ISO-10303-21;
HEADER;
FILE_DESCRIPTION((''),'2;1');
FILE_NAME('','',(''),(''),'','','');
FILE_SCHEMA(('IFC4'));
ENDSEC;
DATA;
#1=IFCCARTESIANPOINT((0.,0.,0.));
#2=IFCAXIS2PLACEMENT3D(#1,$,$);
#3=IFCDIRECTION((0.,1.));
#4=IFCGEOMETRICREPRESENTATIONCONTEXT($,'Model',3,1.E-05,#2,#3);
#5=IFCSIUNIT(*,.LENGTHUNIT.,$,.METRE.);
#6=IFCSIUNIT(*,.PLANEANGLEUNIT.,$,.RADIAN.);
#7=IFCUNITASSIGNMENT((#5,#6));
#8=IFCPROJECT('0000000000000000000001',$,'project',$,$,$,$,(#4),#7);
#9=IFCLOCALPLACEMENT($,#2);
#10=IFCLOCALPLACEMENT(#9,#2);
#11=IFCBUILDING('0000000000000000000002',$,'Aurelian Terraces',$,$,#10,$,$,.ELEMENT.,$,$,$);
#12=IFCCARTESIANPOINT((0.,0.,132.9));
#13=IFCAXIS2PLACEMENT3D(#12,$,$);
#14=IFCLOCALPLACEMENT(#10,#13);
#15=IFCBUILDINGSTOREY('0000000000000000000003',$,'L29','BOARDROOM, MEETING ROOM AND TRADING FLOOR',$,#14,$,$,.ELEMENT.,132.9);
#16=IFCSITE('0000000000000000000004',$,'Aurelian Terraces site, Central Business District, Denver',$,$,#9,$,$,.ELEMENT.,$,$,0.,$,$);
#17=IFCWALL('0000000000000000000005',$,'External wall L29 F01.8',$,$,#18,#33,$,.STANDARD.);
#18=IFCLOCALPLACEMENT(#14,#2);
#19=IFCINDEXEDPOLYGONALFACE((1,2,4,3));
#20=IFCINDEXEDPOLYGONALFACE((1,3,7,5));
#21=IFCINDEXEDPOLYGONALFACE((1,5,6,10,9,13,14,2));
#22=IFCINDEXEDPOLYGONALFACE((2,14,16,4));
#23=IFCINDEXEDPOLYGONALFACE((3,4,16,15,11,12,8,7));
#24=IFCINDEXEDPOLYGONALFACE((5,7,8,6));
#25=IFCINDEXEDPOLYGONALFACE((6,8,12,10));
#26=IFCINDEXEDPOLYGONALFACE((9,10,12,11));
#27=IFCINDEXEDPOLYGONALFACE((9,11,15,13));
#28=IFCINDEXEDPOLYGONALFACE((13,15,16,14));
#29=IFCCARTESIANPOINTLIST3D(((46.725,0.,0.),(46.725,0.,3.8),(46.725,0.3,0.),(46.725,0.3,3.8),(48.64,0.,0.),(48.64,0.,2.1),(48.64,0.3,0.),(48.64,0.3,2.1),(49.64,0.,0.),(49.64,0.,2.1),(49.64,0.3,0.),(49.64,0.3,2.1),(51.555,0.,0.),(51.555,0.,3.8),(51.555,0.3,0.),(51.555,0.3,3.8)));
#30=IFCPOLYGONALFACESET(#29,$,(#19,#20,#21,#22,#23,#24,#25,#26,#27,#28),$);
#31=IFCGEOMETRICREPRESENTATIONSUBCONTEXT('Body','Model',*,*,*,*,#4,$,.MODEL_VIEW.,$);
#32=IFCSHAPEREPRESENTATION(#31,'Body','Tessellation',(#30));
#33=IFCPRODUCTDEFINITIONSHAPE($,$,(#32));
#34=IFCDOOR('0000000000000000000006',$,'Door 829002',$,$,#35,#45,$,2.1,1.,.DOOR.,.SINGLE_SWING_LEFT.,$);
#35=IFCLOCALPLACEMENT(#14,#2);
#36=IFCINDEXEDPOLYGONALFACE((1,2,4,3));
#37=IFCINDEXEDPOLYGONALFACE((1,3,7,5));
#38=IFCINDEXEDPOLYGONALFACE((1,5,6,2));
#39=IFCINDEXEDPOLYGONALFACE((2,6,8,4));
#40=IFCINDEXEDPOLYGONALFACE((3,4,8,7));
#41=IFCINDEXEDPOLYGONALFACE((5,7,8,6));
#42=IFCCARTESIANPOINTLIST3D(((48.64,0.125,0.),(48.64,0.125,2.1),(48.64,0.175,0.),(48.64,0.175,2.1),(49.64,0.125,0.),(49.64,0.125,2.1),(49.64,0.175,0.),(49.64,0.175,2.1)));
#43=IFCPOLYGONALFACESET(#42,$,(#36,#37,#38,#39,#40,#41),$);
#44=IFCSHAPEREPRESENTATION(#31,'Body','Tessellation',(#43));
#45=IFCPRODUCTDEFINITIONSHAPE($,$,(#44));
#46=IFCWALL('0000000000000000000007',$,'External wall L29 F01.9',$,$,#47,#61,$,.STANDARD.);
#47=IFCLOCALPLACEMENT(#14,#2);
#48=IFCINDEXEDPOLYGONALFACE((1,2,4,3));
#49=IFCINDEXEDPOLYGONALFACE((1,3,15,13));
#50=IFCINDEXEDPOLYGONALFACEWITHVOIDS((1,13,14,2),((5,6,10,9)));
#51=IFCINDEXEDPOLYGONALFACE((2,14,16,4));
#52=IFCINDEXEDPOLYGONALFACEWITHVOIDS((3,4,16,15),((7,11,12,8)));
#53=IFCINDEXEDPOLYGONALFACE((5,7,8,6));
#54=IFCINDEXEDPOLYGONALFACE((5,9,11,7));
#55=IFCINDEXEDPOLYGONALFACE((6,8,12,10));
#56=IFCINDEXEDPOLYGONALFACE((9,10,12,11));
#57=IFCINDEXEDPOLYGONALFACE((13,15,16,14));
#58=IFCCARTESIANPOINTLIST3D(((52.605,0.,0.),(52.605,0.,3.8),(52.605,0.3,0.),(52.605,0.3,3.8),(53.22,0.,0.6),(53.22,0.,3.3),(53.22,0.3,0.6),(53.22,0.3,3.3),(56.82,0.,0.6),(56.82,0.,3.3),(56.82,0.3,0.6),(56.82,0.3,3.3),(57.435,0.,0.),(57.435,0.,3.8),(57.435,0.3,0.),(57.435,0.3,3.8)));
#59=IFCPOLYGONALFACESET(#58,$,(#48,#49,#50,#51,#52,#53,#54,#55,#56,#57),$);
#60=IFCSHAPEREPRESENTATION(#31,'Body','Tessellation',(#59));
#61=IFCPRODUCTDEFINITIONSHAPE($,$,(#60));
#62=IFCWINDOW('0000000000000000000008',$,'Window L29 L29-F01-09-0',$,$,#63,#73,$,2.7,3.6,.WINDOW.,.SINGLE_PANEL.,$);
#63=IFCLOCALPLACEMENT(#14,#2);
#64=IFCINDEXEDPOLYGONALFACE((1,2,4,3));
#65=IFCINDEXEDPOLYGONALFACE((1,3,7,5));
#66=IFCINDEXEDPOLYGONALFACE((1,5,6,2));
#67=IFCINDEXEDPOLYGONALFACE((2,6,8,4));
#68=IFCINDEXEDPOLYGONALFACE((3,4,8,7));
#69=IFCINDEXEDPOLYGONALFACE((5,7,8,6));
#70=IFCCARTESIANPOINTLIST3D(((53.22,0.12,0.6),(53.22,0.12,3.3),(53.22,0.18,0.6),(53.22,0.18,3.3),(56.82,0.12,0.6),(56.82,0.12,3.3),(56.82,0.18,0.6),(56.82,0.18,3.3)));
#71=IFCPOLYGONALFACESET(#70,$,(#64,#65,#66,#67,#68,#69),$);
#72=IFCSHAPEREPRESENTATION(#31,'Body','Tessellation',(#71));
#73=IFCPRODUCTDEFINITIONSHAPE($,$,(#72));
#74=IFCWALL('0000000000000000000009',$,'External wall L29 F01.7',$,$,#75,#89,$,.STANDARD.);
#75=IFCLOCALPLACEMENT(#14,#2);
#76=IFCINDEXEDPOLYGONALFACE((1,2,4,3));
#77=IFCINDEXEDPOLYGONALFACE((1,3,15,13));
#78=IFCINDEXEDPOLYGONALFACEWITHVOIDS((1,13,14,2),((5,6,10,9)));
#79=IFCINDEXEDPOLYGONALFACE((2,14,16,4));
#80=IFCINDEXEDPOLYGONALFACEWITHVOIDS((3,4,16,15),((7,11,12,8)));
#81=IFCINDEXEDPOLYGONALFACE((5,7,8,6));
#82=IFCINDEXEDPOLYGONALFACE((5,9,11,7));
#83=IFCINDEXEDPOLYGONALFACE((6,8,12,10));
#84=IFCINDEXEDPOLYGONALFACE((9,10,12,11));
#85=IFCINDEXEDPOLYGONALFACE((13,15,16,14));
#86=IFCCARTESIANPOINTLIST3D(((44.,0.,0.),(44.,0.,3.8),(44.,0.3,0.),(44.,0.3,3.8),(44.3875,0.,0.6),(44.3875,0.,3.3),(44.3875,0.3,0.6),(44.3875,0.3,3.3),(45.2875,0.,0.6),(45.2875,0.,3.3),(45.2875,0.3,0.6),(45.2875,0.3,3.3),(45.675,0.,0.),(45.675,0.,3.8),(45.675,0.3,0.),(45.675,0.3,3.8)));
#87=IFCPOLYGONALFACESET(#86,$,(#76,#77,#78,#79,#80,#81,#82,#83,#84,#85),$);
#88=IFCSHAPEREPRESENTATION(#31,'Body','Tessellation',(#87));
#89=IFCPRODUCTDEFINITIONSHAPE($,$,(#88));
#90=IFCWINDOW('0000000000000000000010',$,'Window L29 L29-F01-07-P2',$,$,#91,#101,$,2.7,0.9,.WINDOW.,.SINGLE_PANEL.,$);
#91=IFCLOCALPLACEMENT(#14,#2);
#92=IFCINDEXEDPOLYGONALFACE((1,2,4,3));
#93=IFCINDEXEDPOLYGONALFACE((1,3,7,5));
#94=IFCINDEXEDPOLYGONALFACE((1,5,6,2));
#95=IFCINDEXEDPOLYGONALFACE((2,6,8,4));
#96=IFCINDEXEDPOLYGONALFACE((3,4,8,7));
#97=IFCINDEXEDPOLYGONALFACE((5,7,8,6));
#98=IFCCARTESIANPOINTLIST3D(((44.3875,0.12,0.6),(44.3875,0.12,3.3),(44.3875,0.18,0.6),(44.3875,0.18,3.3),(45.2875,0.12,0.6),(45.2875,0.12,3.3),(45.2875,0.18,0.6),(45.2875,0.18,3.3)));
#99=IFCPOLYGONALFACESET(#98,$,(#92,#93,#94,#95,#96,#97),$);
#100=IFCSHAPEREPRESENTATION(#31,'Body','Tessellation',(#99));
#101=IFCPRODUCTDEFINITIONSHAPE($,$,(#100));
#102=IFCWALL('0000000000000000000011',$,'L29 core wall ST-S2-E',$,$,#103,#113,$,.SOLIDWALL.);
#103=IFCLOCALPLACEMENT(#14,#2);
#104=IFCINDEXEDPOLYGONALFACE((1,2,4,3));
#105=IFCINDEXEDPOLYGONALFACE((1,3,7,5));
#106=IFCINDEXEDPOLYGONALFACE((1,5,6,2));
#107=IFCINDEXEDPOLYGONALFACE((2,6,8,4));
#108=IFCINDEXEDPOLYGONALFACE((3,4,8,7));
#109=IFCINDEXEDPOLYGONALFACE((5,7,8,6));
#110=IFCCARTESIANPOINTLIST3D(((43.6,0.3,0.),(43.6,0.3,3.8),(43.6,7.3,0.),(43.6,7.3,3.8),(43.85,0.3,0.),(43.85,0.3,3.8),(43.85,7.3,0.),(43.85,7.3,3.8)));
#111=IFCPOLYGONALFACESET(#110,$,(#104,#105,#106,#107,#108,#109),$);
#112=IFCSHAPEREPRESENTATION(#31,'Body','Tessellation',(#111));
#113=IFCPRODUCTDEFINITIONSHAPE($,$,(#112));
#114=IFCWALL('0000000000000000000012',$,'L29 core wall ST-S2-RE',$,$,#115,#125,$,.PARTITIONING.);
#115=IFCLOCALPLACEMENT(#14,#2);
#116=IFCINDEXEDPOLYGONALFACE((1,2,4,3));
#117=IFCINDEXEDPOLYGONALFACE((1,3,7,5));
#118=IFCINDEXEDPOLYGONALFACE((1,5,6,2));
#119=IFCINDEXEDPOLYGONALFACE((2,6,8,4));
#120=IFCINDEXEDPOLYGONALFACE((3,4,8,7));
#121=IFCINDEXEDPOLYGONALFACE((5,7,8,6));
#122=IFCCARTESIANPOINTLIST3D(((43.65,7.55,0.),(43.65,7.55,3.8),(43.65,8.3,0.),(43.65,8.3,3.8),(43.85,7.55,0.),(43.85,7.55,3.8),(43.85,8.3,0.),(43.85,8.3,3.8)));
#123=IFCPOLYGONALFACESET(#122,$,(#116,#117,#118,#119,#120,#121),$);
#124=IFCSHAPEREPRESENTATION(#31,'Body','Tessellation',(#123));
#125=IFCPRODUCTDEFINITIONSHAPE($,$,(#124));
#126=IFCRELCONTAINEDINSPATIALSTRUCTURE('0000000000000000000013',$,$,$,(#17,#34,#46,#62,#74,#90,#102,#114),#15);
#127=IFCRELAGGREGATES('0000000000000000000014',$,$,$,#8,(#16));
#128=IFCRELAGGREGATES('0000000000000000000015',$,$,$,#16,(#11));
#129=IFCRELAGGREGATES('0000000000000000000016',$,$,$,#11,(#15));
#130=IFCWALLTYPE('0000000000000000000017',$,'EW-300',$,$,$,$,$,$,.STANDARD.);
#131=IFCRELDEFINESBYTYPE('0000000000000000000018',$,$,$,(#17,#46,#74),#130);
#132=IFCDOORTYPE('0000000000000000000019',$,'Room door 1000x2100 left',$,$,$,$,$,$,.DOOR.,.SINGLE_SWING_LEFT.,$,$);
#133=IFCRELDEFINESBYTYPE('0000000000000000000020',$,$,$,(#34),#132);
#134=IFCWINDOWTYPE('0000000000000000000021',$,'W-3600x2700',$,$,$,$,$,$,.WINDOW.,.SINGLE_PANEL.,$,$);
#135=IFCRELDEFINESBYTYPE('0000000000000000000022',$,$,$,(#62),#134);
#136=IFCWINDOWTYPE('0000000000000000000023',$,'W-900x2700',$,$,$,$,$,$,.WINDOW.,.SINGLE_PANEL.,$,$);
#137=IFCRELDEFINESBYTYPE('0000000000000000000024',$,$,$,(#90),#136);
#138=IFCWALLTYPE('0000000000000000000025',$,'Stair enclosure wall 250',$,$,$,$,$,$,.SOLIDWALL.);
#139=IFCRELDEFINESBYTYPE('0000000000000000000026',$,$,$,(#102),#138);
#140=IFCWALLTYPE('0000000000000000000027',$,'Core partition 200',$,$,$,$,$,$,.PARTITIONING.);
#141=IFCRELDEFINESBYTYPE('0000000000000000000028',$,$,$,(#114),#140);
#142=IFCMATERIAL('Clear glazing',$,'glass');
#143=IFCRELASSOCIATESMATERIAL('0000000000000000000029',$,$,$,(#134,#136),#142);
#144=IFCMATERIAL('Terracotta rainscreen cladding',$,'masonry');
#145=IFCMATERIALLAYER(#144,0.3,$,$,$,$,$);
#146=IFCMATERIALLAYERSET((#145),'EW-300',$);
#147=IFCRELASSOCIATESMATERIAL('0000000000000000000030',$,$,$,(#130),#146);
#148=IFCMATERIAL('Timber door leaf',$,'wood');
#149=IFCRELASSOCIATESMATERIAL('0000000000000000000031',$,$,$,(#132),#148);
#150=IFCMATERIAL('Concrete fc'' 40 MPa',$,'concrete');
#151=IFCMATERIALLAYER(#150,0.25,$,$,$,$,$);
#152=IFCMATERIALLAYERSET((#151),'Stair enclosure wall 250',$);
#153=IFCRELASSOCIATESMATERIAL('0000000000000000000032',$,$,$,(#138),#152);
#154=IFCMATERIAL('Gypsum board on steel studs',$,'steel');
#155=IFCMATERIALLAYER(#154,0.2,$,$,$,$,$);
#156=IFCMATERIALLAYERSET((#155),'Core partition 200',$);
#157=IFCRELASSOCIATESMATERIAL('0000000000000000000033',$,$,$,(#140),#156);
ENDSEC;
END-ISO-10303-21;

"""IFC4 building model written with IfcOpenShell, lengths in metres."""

from ifc_helpers import new_model, si_unit, direction, frame, frame_2d, origin, place, context, subcontext, project, spatial, rectangle, extrude, source, transform, mapped, material, layer, layer_set, type_object, element, fill, save


model = new_model("IFC4")

# Units and contexts
model_context = context("Model", 3, precision=1e-05, world=origin(), true_north=direction((0.0, 1.0)))
body_context = subcontext(model_context, "Body", "Model", "MODEL_VIEW")
ifc_project = project(units=[si_unit("LENGTHUNIT", "METRE"), si_unit("PLANEANGLEUNIT", "RADIAN")], contexts=[model_context])

# Site, building, storey
site_placement = place(None, origin())
site = spatial("IfcSite", under=ifc_project, at=site_placement, Name="Aurelian Terraces site, Central Business District, Denver", CompositionType="ELEMENT", RefElevation=0.0)
building_placement = place(site_placement, origin())
building = spatial("IfcBuilding", under=site, at=building_placement, Name="Aurelian Terraces", CompositionType="ELEMENT")
storey_placement = place(building_placement, frame((0.0, 0.0, 132.9)))
storey = spatial("IfcBuildingStorey", under=building, at=storey_placement, Name="L29", Description="BOARDROOM, MEETING ROOM AND TRADING FLOOR", CompositionType="ELEMENT", Elevation=132.9)

# Shared definitions
ifc_material_1 = material(Name="Concrete fc' 40 MPa", Category="concrete")
ifc_material_2 = material(Name="Clear glazing", Category="glass")
shared_shape_1 = source(origin(), body_context, "Body", "SweptSolid", [
    extrude(rectangle(XDim=3.6, YDim=2.7, at=frame_2d((1.8, 1.35))), frame((0.0, 0.16, 0.0), z_axis=(0.0, -1.0, 0.0), x_axis=(1.0, 0.0, 0.0)), (0.0, 0.0, 1.0), 0.32),
])
window_type_1 = type_object("IfcWindowType", Name="W-3600x2700", PartitioningType="SINGLE_PANEL", PredefinedType="WINDOW", material=ifc_material_2)
shared_shape_2 = source(origin(), body_context, "Body", "SweptSolid", [
    extrude(rectangle(XDim=3.6, YDim=2.7, at=frame_2d((1.8, 1.35))), frame((0.0, 0.03, 0.0), z_axis=(0.0, -1.0, 0.0), x_axis=(1.0, 0.0, 0.0)), (0.0, 0.0, 1.0), 0.06),
])

# Wall, opening, door
ifc_material_3 = material(Name="Terracotta rainscreen cladding", Category="masonry")
ifc_layer_1 = layer(ifc_material_3, 0.3)
ifc_layer_set_1 = layer_set([ifc_layer_1], Name="EW-300")
wall_type_1 = type_object("IfcWallType", Name="EW-300", PredefinedType="STANDARD", material=ifc_layer_set_1)
shared_shape_3 = source(origin(), body_context, "Body", "SweptSolid", [
    extrude(rectangle(XDim=4.83, YDim=0.3, at=frame_2d((2.415, 0.0))), origin(), (0.0, 0.0, 1.0), 3.8),
])
wall_1_placement = place(storey_placement, frame((46.725, 0.15, 0.0), z_axis=(0.0, 0.0, 1.0), x_axis=(1.0, 0.0, 0.0)))
wall_1 = element("IfcWall", 1, at=wall_1_placement, inside=storey, type_object=wall_type_1, Name="External wall L29 F01.8", PredefinedType="STANDARD", context=body_context, shape_type="MappedRepresentation", body=[
    mapped(shared_shape_3, transform((0.0, 0.0, 0.0), scale=1.0)),
])
shared_shape_4 = source(origin(), body_context, "Body", "SweptSolid", [
    extrude(rectangle(XDim=1.0, YDim=2.1, at=frame_2d((0.5, 1.05))), frame((0.0, 0.16, 0.0), z_axis=(0.0, -1.0, 0.0), x_axis=(1.0, 0.0, 0.0)), (0.0, 0.0, 1.0), 0.32),
])
opening_1_placement = place(wall_1_placement, frame((1.915, 0.0, 0.0)))
opening_1 = element("IfcOpeningElement", 2, at=opening_1_placement, cuts=wall_1, PredefinedType="OPENING", context=body_context, shape_type="MappedRepresentation", body=[
    mapped(shared_shape_4, transform((0.0, 0.0, 0.0), scale=1.0)),
])
ifc_material_4 = material(Name="Timber door leaf", Category="wood")
door_type_1 = type_object("IfcDoorType", Name="Room door 1000x2100 left", OperationType="SINGLE_SWING_LEFT", PredefinedType="DOOR", material=ifc_material_4)
shared_shape_5 = source(origin(), body_context, "Body", "SweptSolid", [
    extrude(rectangle(XDim=1.0, YDim=2.1, at=frame_2d((0.5, 1.05))), frame((0.0, 0.025, 0.0), z_axis=(0.0, -1.0, 0.0), x_axis=(1.0, 0.0, 0.0)), (0.0, 0.0, 1.0), 0.05),
])
door_1_placement = place(opening_1_placement, origin())
door_1 = element("IfcDoor", 3, at=door_1_placement, inside=storey, type_object=door_type_1, Name="Door 829002", OperationType="SINGLE_SWING_LEFT", OverallHeight=2.1, OverallWidth=1.0, PredefinedType="DOOR", context=body_context, shape_type="MappedRepresentation", body=[
    mapped(shared_shape_5, transform((0.0, 0.0, 0.0), scale=1.0)),
])
fill(opening_1, door_1)

# Walls, openings, windows
wall_2_placement = place(storey_placement, frame((52.605, 0.15, 0.0), z_axis=(0.0, 0.0, 1.0), x_axis=(1.0, 0.0, 0.0)))
wall_2 = element("IfcWall", 4, at=wall_2_placement, inside=storey, type_object=wall_type_1, Name="External wall L29 F01.9", PredefinedType="STANDARD", context=body_context, shape_type="MappedRepresentation", body=[
    mapped(shared_shape_3, transform((0.0, 0.0, 0.0), scale=1.0)),
])
opening_2_placement = place(wall_2_placement, frame((0.615, 0.0, 0.6)))
opening_2 = element("IfcOpeningElement", 5, at=opening_2_placement, cuts=wall_2, PredefinedType="OPENING", context=body_context, shape_type="MappedRepresentation", body=[
    mapped(shared_shape_1, transform((0.0, 0.0, 0.0), scale=1.0)),
])
window_1_placement = place(opening_2_placement, origin())
window_1 = element("IfcWindow", 6, at=window_1_placement, inside=storey, type_object=window_type_1, Name="Window L29 L29-F01-09-0", OverallHeight=2.7, OverallWidth=3.6, PartitioningType="SINGLE_PANEL", PredefinedType="WINDOW", context=body_context, shape_type="MappedRepresentation", body=[
    mapped(shared_shape_2, transform((0.0, 0.0, 0.0), scale=1.0)),
])
fill(opening_2, window_1)
shared_shape_6 = source(origin(), body_context, "Body", "SweptSolid", [
    extrude(rectangle(XDim=1.675, YDim=0.3, at=frame_2d((0.8375, 0.0))), origin(), (0.0, 0.0, 1.0), 3.8),
])
wall_3_placement = place(storey_placement, frame((44.0, 0.15, 0.0), z_axis=(0.0, 0.0, 1.0), x_axis=(1.0, 0.0, 0.0)))
wall_3 = element("IfcWall", 7, at=wall_3_placement, inside=storey, type_object=wall_type_1, Name="External wall L29 F01.7", PredefinedType="STANDARD", context=body_context, shape_type="MappedRepresentation", body=[
    mapped(shared_shape_6, transform((0.0, 0.0, 0.0), scale=1.0)),
])
shared_shape_7 = source(origin(), body_context, "Body", "SweptSolid", [
    extrude(rectangle(XDim=0.9, YDim=2.7, at=frame_2d((0.45, 1.35))), frame((0.0, 0.16, 0.0), z_axis=(0.0, -1.0, 0.0), x_axis=(1.0, 0.0, 0.0)), (0.0, 0.0, 1.0), 0.32),
])
opening_3_placement = place(wall_3_placement, frame((0.3875, 0.0, 0.6)))
opening_3 = element("IfcOpeningElement", 8, at=opening_3_placement, cuts=wall_3, PredefinedType="OPENING", context=body_context, shape_type="MappedRepresentation", body=[
    mapped(shared_shape_7, transform((0.0, 0.0, 0.0), scale=1.0)),
])
window_type_2 = type_object("IfcWindowType", Name="W-900x2700", PartitioningType="SINGLE_PANEL", PredefinedType="WINDOW", material=ifc_material_2)
shared_shape_8 = source(origin(), body_context, "Body", "SweptSolid", [
    extrude(rectangle(XDim=0.9, YDim=2.7, at=frame_2d((0.45, 1.35))), frame((0.0, 0.03, 0.0), z_axis=(0.0, -1.0, 0.0), x_axis=(1.0, 0.0, 0.0)), (0.0, 0.0, 1.0), 0.06),
])
window_2_placement = place(opening_3_placement, origin())
window_2 = element("IfcWindow", 9, at=window_2_placement, inside=storey, type_object=window_type_2, Name="Window L29 L29-F01-07-P2", OverallHeight=2.7, OverallWidth=0.9, PartitioningType="SINGLE_PANEL", PredefinedType="WINDOW", context=body_context, shape_type="MappedRepresentation", body=[
    mapped(shared_shape_8, transform((0.0, 0.0, 0.0), scale=1.0)),
])
fill(opening_3, window_2)

# Walls
ifc_layer_2 = layer(ifc_material_1, 0.25)
ifc_layer_set_2 = layer_set([ifc_layer_2], Name="Stair enclosure wall 250")
wall_type_2 = type_object("IfcWallType", Name="Stair enclosure wall 250", PredefinedType="SOLIDWALL", material=ifc_layer_set_2)
shared_shape_9 = source(origin(), body_context, "Body", "SweptSolid", [
    extrude(rectangle(XDim=7.0, YDim=0.25, at=frame_2d((3.5, 0.0))), origin(), (0.0, 0.0, 1.0), 3.8),
])
wall_4_placement = place(storey_placement, frame((43.725, 0.3, 0.0), z_axis=(0.0, 0.0, 1.0), x_axis=(0.0, 1.0, 0.0)))
element("IfcWall", 10, at=wall_4_placement, inside=storey, type_object=wall_type_2, Name="L29 core wall ST-S2-E", PredefinedType="SOLIDWALL", context=body_context, shape_type="MappedRepresentation", body=[
    mapped(shared_shape_9, transform((0.0, 0.0, 0.0), scale=1.0)),
])
ifc_material_5 = material(Name="Gypsum board on steel studs", Category="steel")
ifc_layer_3 = layer(ifc_material_5, 0.2)
ifc_layer_set_3 = layer_set([ifc_layer_3], Name="Core partition 200")
wall_type_3 = type_object("IfcWallType", Name="Core partition 200", PredefinedType="PARTITIONING", material=ifc_layer_set_3)
shared_shape_10 = source(origin(), body_context, "Body", "SweptSolid", [
    extrude(rectangle(XDim=0.75, YDim=0.2, at=frame_2d((0.375, 0.0))), origin(), (0.0, 0.0, 1.0), 3.8),
])
wall_5_placement = place(storey_placement, frame((43.75, 7.55, 0.0), z_axis=(0.0, 0.0, 1.0), x_axis=(0.0, 1.0, 0.0)))
element("IfcWall", 11, at=wall_5_placement, inside=storey, type_object=wall_type_3, Name="L29 core wall ST-S2-RE", PredefinedType="PARTITIONING", context=body_context, shape_type="MappedRepresentation", body=[
    mapped(shared_shape_10, transform((0.0, 0.0, 0.0), scale=1.0)),
])

save(model, "model.ifc")
